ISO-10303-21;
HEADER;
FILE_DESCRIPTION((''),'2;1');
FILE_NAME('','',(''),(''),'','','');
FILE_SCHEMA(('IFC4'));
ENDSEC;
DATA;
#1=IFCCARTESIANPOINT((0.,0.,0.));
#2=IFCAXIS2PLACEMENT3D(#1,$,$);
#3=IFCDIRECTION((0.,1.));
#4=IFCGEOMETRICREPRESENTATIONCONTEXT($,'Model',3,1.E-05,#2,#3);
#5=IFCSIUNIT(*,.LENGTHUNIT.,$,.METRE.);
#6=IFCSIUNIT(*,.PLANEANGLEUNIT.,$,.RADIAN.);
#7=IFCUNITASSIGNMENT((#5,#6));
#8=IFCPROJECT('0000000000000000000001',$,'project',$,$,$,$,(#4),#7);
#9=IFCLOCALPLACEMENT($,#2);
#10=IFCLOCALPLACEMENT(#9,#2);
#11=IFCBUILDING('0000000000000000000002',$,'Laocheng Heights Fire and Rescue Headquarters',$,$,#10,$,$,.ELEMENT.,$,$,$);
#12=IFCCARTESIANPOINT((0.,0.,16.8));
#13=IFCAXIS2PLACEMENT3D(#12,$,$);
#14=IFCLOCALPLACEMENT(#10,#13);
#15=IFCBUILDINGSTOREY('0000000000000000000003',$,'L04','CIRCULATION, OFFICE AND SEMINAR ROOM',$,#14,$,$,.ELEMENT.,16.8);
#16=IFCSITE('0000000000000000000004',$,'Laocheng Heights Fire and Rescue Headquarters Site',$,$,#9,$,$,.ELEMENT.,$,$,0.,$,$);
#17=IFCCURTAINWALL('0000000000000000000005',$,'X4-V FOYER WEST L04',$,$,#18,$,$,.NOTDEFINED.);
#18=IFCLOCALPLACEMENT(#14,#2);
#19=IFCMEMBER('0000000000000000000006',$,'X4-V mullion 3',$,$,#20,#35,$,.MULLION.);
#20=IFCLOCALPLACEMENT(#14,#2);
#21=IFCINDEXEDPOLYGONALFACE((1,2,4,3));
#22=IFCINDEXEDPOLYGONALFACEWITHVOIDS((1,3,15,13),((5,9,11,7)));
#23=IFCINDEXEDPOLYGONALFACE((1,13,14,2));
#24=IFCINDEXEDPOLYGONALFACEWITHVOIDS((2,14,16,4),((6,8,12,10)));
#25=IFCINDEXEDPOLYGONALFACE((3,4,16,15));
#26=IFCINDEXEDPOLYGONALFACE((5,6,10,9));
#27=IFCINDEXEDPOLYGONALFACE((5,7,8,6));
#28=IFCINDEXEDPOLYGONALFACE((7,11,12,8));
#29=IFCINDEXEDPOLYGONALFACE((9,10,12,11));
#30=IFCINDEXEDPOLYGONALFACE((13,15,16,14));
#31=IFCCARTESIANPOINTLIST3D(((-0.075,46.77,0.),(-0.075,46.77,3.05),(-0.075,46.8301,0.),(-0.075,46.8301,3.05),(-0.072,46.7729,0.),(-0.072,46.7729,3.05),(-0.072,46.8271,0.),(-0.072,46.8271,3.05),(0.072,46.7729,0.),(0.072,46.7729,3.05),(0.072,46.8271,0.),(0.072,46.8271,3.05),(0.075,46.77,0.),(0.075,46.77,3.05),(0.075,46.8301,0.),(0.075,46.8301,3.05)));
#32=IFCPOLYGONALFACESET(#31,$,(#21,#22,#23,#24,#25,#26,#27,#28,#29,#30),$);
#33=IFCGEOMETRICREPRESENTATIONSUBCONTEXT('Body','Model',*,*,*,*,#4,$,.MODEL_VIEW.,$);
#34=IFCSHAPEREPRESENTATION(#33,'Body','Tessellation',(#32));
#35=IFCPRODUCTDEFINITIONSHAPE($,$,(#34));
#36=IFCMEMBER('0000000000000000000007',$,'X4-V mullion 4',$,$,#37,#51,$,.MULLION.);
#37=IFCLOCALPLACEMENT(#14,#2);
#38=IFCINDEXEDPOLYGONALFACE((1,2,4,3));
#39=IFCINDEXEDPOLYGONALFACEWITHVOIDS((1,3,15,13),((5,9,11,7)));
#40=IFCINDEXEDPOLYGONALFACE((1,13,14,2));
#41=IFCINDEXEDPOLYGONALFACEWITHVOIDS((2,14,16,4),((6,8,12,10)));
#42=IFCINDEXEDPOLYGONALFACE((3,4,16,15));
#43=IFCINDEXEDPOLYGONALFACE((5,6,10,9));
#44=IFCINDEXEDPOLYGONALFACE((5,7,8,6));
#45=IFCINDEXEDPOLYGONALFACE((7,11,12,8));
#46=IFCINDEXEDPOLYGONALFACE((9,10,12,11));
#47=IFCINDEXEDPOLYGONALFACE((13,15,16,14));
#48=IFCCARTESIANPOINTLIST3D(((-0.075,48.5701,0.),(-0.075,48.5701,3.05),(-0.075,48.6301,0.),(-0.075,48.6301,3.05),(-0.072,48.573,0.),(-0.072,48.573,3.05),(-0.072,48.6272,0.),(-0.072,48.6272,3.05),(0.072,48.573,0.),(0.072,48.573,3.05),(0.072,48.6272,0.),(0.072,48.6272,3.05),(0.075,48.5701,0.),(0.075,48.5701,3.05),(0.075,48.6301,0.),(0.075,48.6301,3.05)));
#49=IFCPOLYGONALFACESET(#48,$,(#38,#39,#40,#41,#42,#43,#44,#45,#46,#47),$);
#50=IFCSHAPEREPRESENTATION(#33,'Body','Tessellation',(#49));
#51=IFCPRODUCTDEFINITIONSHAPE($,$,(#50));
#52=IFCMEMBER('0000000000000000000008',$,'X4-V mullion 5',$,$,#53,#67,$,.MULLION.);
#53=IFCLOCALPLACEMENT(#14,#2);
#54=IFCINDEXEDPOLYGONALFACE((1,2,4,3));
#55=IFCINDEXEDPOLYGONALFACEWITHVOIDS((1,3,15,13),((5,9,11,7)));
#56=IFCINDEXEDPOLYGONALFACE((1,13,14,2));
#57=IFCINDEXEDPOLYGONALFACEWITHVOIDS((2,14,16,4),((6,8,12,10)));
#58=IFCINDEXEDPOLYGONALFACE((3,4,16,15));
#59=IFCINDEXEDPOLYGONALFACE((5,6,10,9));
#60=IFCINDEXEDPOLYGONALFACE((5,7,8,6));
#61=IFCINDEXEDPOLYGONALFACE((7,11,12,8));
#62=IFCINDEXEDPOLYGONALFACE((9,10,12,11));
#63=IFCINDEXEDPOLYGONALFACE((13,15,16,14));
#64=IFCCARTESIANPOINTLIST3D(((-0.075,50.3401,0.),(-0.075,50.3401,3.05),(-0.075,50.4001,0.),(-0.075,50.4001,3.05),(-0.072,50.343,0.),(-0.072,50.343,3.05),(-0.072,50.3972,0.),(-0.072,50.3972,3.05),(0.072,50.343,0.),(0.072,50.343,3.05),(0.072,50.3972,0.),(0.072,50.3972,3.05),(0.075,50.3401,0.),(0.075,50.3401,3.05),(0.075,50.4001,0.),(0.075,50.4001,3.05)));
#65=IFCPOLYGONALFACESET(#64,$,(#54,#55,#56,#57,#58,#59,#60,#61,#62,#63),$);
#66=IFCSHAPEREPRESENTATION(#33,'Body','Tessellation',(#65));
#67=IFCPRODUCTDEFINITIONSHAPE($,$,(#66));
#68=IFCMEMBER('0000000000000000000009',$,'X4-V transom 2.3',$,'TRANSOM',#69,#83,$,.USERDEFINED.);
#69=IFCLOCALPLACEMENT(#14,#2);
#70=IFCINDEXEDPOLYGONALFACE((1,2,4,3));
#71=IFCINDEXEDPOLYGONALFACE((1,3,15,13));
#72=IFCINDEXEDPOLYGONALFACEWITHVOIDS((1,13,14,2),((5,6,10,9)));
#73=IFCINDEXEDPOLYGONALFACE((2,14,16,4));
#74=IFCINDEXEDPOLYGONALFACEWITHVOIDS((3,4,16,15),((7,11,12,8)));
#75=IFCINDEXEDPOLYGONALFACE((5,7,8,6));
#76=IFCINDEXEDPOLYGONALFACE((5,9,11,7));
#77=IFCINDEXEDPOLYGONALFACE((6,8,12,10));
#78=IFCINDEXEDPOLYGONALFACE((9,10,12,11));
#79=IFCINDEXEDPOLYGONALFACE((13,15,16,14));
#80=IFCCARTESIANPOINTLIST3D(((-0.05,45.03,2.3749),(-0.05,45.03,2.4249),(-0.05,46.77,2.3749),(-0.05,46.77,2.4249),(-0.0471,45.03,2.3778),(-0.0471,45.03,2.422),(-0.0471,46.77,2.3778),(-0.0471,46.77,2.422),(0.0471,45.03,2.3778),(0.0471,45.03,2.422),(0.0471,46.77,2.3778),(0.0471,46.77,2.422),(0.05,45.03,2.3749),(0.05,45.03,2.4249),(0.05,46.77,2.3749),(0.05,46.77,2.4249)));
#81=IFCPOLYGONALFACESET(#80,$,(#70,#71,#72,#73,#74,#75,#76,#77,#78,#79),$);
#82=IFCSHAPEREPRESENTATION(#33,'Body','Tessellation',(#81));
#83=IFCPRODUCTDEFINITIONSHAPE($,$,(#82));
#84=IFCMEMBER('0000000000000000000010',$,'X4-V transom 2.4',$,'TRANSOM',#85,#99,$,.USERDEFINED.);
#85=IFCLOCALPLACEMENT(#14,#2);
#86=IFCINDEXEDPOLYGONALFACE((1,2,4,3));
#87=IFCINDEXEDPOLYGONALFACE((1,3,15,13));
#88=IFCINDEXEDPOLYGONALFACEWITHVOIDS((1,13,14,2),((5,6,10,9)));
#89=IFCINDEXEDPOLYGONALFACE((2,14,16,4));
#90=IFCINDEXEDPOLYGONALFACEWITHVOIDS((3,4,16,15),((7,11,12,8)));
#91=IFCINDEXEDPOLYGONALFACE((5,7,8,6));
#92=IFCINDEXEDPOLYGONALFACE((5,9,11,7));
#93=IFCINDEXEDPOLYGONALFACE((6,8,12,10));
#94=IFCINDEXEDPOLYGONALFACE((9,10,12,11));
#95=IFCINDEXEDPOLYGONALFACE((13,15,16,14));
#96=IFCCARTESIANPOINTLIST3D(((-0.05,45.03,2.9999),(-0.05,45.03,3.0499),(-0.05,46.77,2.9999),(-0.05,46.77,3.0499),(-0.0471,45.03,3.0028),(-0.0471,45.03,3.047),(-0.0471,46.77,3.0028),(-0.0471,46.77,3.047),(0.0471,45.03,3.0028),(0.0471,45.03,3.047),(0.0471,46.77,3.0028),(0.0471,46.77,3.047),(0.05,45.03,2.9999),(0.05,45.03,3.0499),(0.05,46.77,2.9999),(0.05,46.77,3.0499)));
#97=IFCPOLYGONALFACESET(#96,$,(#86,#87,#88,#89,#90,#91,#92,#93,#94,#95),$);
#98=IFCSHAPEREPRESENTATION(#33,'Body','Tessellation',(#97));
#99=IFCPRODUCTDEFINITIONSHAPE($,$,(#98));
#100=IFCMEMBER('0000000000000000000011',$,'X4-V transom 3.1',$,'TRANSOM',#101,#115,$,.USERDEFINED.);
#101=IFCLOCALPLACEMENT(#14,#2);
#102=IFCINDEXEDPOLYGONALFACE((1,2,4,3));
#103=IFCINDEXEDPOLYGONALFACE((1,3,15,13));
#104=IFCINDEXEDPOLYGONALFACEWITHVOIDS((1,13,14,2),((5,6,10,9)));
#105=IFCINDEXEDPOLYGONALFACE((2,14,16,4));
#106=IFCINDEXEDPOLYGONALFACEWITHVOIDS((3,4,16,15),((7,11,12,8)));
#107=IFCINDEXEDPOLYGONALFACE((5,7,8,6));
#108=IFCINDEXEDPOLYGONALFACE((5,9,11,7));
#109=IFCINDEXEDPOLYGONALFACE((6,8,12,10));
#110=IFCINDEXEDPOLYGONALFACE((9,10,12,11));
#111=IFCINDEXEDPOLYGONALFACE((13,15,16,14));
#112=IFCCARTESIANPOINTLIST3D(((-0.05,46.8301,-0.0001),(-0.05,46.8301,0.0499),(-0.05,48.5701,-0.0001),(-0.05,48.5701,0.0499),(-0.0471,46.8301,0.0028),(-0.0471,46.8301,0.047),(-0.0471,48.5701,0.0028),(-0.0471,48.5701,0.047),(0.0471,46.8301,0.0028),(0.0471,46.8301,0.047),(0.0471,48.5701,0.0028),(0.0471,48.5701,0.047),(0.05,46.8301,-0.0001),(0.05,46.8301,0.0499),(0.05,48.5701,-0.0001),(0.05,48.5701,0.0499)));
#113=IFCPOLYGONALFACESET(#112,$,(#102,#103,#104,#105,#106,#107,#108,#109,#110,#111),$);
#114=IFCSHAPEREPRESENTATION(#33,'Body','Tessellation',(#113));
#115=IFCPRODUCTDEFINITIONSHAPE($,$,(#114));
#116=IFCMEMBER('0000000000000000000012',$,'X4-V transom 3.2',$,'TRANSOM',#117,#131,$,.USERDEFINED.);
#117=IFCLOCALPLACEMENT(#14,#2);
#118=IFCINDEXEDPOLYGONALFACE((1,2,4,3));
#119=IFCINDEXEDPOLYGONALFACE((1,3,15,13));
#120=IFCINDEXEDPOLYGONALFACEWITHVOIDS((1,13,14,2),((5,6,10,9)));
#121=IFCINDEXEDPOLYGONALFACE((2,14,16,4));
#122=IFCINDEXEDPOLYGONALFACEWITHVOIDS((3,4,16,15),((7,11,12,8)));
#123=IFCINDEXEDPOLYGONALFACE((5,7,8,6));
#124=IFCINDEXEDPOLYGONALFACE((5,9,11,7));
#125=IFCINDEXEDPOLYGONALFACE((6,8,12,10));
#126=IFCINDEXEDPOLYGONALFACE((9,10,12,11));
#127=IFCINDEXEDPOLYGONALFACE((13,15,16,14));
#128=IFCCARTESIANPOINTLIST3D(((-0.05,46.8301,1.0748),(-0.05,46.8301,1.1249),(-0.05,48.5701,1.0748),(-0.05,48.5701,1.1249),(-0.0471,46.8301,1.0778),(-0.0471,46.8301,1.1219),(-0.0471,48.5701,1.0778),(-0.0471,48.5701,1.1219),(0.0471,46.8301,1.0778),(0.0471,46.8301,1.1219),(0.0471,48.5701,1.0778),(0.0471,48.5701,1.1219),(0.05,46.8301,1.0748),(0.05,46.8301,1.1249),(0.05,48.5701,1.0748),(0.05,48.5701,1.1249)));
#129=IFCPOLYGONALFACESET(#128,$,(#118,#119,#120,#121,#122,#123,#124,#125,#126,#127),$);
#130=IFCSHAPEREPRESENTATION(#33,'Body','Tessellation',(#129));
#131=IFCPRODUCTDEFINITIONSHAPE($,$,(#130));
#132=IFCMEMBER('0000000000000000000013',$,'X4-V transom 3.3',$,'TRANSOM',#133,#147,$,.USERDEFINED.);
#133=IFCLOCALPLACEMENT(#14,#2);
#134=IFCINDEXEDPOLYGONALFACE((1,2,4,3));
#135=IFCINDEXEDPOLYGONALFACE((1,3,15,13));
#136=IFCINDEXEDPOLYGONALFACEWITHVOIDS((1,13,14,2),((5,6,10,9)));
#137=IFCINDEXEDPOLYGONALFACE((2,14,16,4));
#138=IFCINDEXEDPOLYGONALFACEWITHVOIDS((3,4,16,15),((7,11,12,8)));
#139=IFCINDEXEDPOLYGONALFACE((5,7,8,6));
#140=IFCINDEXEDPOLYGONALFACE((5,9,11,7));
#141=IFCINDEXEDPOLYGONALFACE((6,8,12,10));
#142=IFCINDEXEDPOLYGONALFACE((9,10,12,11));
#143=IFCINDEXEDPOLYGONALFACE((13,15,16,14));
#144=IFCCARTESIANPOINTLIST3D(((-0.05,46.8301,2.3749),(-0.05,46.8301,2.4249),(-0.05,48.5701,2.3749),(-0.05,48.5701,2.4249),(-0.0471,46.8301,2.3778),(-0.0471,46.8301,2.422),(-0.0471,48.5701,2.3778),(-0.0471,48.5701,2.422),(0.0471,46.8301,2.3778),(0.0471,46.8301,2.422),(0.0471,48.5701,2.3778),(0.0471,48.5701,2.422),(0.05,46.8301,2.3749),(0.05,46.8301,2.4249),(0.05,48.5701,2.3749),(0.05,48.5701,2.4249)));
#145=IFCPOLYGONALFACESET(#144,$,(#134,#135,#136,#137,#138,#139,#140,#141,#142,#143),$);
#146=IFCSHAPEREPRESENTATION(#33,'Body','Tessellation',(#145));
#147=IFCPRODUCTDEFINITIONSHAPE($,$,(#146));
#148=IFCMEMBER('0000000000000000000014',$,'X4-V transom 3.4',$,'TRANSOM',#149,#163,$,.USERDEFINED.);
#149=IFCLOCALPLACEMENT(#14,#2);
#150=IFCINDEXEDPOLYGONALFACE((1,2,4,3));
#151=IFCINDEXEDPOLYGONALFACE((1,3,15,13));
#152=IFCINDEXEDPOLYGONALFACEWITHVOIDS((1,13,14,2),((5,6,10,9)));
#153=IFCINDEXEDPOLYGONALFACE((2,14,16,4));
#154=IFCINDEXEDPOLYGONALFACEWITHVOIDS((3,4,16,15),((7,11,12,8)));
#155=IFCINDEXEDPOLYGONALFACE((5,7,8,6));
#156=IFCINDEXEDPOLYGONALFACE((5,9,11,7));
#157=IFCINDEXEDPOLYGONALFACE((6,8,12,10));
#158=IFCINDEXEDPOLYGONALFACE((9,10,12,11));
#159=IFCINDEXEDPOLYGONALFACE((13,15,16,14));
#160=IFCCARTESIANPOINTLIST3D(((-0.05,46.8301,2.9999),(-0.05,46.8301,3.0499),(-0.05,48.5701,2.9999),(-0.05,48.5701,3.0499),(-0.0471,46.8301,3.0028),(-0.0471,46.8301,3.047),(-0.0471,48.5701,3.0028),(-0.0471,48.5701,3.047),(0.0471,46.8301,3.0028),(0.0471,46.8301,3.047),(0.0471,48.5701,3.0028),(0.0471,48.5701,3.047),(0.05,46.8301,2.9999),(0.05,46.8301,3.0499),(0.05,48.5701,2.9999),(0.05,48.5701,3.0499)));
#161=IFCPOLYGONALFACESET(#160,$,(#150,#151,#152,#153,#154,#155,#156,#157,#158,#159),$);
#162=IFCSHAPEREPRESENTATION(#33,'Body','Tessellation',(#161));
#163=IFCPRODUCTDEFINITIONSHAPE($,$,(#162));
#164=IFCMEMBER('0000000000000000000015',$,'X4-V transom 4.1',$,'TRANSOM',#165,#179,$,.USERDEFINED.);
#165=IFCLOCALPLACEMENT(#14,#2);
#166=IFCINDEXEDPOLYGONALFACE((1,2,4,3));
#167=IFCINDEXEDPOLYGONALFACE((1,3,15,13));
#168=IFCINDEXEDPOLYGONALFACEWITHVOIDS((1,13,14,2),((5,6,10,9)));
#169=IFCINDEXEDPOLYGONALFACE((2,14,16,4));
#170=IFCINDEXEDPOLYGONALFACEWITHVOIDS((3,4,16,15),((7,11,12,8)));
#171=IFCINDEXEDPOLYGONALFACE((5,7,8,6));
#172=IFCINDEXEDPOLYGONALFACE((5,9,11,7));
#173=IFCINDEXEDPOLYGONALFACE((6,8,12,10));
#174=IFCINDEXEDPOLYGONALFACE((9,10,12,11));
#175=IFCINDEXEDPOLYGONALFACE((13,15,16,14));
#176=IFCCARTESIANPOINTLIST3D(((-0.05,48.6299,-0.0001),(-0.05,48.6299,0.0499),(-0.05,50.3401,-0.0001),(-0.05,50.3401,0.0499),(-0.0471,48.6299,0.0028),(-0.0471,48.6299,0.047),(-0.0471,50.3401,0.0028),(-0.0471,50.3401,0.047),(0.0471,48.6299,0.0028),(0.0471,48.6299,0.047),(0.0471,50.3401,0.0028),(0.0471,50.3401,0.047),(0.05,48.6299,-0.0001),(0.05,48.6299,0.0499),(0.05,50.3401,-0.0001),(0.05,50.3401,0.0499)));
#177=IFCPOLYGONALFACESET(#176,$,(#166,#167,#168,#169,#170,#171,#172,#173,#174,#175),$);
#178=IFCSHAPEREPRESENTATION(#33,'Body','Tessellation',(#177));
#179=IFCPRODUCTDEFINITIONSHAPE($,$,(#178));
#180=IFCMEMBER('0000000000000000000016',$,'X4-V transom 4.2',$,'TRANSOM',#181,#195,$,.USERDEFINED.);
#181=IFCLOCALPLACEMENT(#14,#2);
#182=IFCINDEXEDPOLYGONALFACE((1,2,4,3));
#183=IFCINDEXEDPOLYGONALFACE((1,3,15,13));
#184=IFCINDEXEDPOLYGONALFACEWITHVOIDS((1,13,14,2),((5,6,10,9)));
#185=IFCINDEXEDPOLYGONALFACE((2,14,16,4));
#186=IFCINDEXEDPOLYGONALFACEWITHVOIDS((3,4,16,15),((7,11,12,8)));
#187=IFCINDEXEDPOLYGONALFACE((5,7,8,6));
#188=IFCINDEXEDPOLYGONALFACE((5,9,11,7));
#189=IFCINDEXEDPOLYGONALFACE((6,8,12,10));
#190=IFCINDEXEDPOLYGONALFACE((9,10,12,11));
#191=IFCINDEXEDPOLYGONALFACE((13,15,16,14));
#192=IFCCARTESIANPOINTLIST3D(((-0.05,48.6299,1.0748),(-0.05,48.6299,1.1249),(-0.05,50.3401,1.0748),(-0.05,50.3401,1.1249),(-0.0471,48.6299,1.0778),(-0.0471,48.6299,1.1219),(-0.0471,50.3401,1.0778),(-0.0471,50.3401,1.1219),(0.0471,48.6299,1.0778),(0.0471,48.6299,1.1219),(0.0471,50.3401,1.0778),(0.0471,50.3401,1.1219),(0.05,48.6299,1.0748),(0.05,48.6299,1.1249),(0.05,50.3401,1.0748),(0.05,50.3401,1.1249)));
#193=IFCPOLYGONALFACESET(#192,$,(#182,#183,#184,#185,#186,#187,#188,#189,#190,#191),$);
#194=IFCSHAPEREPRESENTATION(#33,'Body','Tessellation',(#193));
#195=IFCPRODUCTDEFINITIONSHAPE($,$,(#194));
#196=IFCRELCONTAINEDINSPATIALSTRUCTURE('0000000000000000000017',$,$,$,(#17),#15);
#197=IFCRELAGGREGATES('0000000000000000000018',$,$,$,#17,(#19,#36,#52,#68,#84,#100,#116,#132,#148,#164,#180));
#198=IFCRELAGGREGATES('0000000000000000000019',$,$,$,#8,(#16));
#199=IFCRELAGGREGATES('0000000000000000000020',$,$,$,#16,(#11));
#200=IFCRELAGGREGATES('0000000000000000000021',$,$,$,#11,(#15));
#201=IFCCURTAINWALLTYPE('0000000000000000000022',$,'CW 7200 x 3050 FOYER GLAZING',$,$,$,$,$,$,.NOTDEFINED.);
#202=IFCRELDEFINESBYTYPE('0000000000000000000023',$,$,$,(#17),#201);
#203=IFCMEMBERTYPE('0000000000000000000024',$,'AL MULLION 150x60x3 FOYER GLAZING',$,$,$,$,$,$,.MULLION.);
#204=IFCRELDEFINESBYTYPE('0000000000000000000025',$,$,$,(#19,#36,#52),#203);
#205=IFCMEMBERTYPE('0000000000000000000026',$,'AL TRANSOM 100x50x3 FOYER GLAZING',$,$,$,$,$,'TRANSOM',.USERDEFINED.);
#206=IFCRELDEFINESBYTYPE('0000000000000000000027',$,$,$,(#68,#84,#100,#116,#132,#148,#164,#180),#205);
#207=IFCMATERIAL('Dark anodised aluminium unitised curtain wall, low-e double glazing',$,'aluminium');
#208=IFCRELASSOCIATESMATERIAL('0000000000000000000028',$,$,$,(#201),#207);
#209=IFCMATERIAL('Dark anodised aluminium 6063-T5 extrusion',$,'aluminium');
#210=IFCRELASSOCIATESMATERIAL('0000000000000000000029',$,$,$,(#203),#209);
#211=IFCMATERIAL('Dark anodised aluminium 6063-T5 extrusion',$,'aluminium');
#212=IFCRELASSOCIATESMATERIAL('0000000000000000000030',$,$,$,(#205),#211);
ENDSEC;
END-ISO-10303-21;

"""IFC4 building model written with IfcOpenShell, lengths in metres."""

from ifc_helpers import new_model, si_unit, direction, frame, origin, origin_2d, place, context, subcontext, project, spatial, hollow_rectangle, extrude, material, material_profile, profile_set, type_object, element, aggregate, save


model = new_model("IFC4")

# Units and contexts
model_context = context("Model", 3, precision=1e-05, world=origin(), true_north=direction((0.0, 1.0)))
body_context = subcontext(model_context, "Body", "Model", "MODEL_VIEW")
ifc_project = project(units=[si_unit("LENGTHUNIT", "METRE"), si_unit("PLANEANGLEUNIT", "RADIAN")], contexts=[model_context])

# Site, building, storey
site_placement = place(None, origin())
site = spatial("IfcSite", under=ifc_project, at=site_placement, Name="Laocheng Heights Fire and Rescue Headquarters Site", CompositionType="ELEMENT", RefElevation=0.0)
building_placement = place(site_placement, origin())
building = spatial("IfcBuilding", under=site, at=building_placement, Name="Laocheng Heights Fire and Rescue Headquarters", CompositionType="ELEMENT")
storey_placement = place(building_placement, frame((0.0, 0.0, 16.8)))
storey = spatial("IfcBuildingStorey", under=building, at=storey_placement, Name="L04", Description="CIRCULATION, OFFICE AND SEMINAR ROOM", CompositionType="ELEMENT", Elevation=16.8)

# Curtain wall, members
ifc_material_1 = material(Name="Dark anodised aluminium unitised curtain wall, low-e double glazing", Category="aluminium")
curtain_wall_type = type_object("IfcCurtainWallType", Name="CW 7200 x 3050 FOYER GLAZING", PredefinedType="NOTDEFINED", material=ifc_material_1)
curtain_wall_placement = place(storey_placement, origin())
curtain_wall = element("IfcCurtainWall", 1, at=curtain_wall_placement, inside=storey, type_object=curtain_wall_type, Name="X4-V FOYER WEST L04", PredefinedType="NOTDEFINED")
ifc_material_2 = material(Name="Dark anodised aluminium 6063-T5 extrusion", Category="aluminium")
ifc_material_profile_1 = material_profile(ifc_material_2, hollow_rectangle(XDim=0.1499, YDim=0.0601, WallThickness=0.0029, at=origin_2d()), Name="AL MULLION 150x60x3 FOYER GLAZING")
ifc_profile_set_1 = profile_set([ifc_material_profile_1], Name="Dark anodised aluminium 6063-T5 extrusion")
member_type_1 = type_object("IfcMemberType", Name="AL MULLION 150x60x3 FOYER GLAZING", PredefinedType="MULLION", material=ifc_profile_set_1)
member_1_placement = place(storey_placement, frame((0.0, 46.8, 0.0), z_axis=(0.0, 0.0, 1.0), x_axis=(-1.0, 0.0, 0.0)))
member_1 = element("IfcMember", 2, at=member_1_placement, type_object=member_type_1, Name="X4-V mullion 3", PredefinedType="MULLION", context=body_context, shape_type="SweptSolid", body=[
    extrude(hollow_rectangle(XDim=0.1499, YDim=0.0601, WallThickness=0.0029, at=origin_2d()), origin(), (0.0, 0.0, 1.0), 3.05),
])
member_2_placement = place(storey_placement, frame((0.0, 48.6001, 0.0), z_axis=(0.0, 0.0, 1.0), x_axis=(-1.0, 0.0, 0.0)))
member_2 = element("IfcMember", 3, at=member_2_placement, type_object=member_type_1, Name="X4-V mullion 4", PredefinedType="MULLION", context=body_context, shape_type="SweptSolid", body=[
    extrude(hollow_rectangle(XDim=0.1499, YDim=0.0601, WallThickness=0.0029, at=origin_2d()), origin(), (0.0, 0.0, 1.0), 3.05),
])
member_3_placement = place(storey_placement, frame((0.0, 50.3701, 0.0), z_axis=(0.0, 0.0, 1.0), x_axis=(-1.0, 0.0, 0.0)))
member_3 = element("IfcMember", 4, at=member_3_placement, type_object=member_type_1, Name="X4-V mullion 5", PredefinedType="MULLION", context=body_context, shape_type="SweptSolid", body=[
    extrude(hollow_rectangle(XDim=0.1499, YDim=0.0601, WallThickness=0.0029, at=origin_2d()), origin(), (0.0, 0.0, 1.0), 3.05),
])
ifc_material_3 = material(Name="Dark anodised aluminium 6063-T5 extrusion", Category="aluminium")
ifc_material_profile_2 = material_profile(ifc_material_3, hollow_rectangle(XDim=0.1001, YDim=0.05, WallThickness=0.0029, at=origin_2d()), Name="AL TRANSOM 100x50x3 FOYER GLAZING")
ifc_profile_set_2 = profile_set([ifc_material_profile_2], Name="Dark anodised aluminium 6063-T5 extrusion")
member_type_2 = type_object("IfcMemberType", Name="AL TRANSOM 100x50x3 FOYER GLAZING", ElementType="TRANSOM", PredefinedType="USERDEFINED", material=ifc_profile_set_2)
member_4_placement = place(storey_placement, frame((0.0, 45.03, 2.3999), z_axis=(0.0, 1.0, 0.0), x_axis=(-1.0, 0.0, 0.0)))
member_4 = element("IfcMember", 5, at=member_4_placement, type_object=member_type_2, Name="X4-V transom 2.3", ObjectType="TRANSOM", PredefinedType="USERDEFINED", context=body_context, shape_type="SweptSolid", body=[
    extrude(hollow_rectangle(XDim=0.1001, YDim=0.05, WallThickness=0.0029, at=origin_2d()), origin(), (0.0, 0.0, 1.0), 1.74),
])
member_5_placement = place(storey_placement, frame((0.0, 45.03, 3.0249), z_axis=(0.0, 1.0, 0.0), x_axis=(-1.0, 0.0, 0.0)))
member_5 = element("IfcMember", 6, at=member_5_placement, type_object=member_type_2, Name="X4-V transom 2.4", ObjectType="TRANSOM", PredefinedType="USERDEFINED", context=body_context, shape_type="SweptSolid", body=[
    extrude(hollow_rectangle(XDim=0.1001, YDim=0.05, WallThickness=0.0029, at=origin_2d()), origin(), (0.0, 0.0, 1.0), 1.74),
])
member_6_placement = place(storey_placement, frame((0.0, 46.8301, 0.0249), z_axis=(0.0, 1.0, 0.0), x_axis=(-1.0, 0.0, 0.0)))
member_6 = element("IfcMember", 7, at=member_6_placement, type_object=member_type_2, Name="X4-V transom 3.1", ObjectType="TRANSOM", PredefinedType="USERDEFINED", context=body_context, shape_type="SweptSolid", body=[
    extrude(hollow_rectangle(XDim=0.1001, YDim=0.05, WallThickness=0.0029, at=origin_2d()), origin(), (0.0, 0.0, 1.0), 1.74),
])
member_7_placement = place(storey_placement, frame((0.0, 46.8301, 1.0999), z_axis=(0.0, 1.0, 0.0), x_axis=(-1.0, 0.0, 0.0)))
member_7 = element("IfcMember", 8, at=member_7_placement, type_object=member_type_2, Name="X4-V transom 3.2", ObjectType="TRANSOM", PredefinedType="USERDEFINED", context=body_context, shape_type="SweptSolid", body=[
    extrude(hollow_rectangle(XDim=0.1001, YDim=0.05, WallThickness=0.0029, at=origin_2d()), origin(), (0.0, 0.0, 1.0), 1.74),
])
member_8_placement = place(storey_placement, frame((0.0, 46.8301, 2.3999), z_axis=(0.0, 1.0, 0.0), x_axis=(-1.0, 0.0, 0.0)))
member_8 = element("IfcMember", 9, at=member_8_placement, type_object=member_type_2, Name="X4-V transom 3.3", ObjectType="TRANSOM", PredefinedType="USERDEFINED", context=body_context, shape_type="SweptSolid", body=[
    extrude(hollow_rectangle(XDim=0.1001, YDim=0.05, WallThickness=0.0029, at=origin_2d()), origin(), (0.0, 0.0, 1.0), 1.74),
])
member_9_placement = place(storey_placement, frame((0.0, 46.8301, 3.0249), z_axis=(0.0, 1.0, 0.0), x_axis=(-1.0, 0.0, 0.0)))
member_9 = element("IfcMember", 10, at=member_9_placement, type_object=member_type_2, Name="X4-V transom 3.4", ObjectType="TRANSOM", PredefinedType="USERDEFINED", context=body_context, shape_type="SweptSolid", body=[
    extrude(hollow_rectangle(XDim=0.1001, YDim=0.05, WallThickness=0.0029, at=origin_2d()), origin(), (0.0, 0.0, 1.0), 1.74),
])
member_10_placement = place(storey_placement, frame((0.0, 48.6299, 0.0249), z_axis=(0.0, 1.0, 0.0), x_axis=(-1.0, 0.0, 0.0)))
member_10 = element("IfcMember", 11, at=member_10_placement, type_object=member_type_2, Name="X4-V transom 4.1", ObjectType="TRANSOM", PredefinedType="USERDEFINED", context=body_context, shape_type="SweptSolid", body=[
    extrude(hollow_rectangle(XDim=0.1001, YDim=0.05, WallThickness=0.0029, at=origin_2d()), origin(), (0.0, 0.0, 1.0), 1.7102),
])
member_11_placement = place(storey_placement, frame((0.0, 48.6299, 1.0999), z_axis=(0.0, 1.0, 0.0), x_axis=(-1.0, 0.0, 0.0)))
member_11 = element("IfcMember", 12, at=member_11_placement, type_object=member_type_2, Name="X4-V transom 4.2", ObjectType="TRANSOM", PredefinedType="USERDEFINED", context=body_context, shape_type="SweptSolid", body=[
    extrude(hollow_rectangle(XDim=0.1001, YDim=0.05, WallThickness=0.0029, at=origin_2d()), origin(), (0.0, 0.0, 1.0), 1.7102),
])

aggregate(curtain_wall, [member_1, member_2, member_3, member_4, member_5, member_6, member_7, member_8, member_9, member_10, member_11])

save(model, "model.ifc")
